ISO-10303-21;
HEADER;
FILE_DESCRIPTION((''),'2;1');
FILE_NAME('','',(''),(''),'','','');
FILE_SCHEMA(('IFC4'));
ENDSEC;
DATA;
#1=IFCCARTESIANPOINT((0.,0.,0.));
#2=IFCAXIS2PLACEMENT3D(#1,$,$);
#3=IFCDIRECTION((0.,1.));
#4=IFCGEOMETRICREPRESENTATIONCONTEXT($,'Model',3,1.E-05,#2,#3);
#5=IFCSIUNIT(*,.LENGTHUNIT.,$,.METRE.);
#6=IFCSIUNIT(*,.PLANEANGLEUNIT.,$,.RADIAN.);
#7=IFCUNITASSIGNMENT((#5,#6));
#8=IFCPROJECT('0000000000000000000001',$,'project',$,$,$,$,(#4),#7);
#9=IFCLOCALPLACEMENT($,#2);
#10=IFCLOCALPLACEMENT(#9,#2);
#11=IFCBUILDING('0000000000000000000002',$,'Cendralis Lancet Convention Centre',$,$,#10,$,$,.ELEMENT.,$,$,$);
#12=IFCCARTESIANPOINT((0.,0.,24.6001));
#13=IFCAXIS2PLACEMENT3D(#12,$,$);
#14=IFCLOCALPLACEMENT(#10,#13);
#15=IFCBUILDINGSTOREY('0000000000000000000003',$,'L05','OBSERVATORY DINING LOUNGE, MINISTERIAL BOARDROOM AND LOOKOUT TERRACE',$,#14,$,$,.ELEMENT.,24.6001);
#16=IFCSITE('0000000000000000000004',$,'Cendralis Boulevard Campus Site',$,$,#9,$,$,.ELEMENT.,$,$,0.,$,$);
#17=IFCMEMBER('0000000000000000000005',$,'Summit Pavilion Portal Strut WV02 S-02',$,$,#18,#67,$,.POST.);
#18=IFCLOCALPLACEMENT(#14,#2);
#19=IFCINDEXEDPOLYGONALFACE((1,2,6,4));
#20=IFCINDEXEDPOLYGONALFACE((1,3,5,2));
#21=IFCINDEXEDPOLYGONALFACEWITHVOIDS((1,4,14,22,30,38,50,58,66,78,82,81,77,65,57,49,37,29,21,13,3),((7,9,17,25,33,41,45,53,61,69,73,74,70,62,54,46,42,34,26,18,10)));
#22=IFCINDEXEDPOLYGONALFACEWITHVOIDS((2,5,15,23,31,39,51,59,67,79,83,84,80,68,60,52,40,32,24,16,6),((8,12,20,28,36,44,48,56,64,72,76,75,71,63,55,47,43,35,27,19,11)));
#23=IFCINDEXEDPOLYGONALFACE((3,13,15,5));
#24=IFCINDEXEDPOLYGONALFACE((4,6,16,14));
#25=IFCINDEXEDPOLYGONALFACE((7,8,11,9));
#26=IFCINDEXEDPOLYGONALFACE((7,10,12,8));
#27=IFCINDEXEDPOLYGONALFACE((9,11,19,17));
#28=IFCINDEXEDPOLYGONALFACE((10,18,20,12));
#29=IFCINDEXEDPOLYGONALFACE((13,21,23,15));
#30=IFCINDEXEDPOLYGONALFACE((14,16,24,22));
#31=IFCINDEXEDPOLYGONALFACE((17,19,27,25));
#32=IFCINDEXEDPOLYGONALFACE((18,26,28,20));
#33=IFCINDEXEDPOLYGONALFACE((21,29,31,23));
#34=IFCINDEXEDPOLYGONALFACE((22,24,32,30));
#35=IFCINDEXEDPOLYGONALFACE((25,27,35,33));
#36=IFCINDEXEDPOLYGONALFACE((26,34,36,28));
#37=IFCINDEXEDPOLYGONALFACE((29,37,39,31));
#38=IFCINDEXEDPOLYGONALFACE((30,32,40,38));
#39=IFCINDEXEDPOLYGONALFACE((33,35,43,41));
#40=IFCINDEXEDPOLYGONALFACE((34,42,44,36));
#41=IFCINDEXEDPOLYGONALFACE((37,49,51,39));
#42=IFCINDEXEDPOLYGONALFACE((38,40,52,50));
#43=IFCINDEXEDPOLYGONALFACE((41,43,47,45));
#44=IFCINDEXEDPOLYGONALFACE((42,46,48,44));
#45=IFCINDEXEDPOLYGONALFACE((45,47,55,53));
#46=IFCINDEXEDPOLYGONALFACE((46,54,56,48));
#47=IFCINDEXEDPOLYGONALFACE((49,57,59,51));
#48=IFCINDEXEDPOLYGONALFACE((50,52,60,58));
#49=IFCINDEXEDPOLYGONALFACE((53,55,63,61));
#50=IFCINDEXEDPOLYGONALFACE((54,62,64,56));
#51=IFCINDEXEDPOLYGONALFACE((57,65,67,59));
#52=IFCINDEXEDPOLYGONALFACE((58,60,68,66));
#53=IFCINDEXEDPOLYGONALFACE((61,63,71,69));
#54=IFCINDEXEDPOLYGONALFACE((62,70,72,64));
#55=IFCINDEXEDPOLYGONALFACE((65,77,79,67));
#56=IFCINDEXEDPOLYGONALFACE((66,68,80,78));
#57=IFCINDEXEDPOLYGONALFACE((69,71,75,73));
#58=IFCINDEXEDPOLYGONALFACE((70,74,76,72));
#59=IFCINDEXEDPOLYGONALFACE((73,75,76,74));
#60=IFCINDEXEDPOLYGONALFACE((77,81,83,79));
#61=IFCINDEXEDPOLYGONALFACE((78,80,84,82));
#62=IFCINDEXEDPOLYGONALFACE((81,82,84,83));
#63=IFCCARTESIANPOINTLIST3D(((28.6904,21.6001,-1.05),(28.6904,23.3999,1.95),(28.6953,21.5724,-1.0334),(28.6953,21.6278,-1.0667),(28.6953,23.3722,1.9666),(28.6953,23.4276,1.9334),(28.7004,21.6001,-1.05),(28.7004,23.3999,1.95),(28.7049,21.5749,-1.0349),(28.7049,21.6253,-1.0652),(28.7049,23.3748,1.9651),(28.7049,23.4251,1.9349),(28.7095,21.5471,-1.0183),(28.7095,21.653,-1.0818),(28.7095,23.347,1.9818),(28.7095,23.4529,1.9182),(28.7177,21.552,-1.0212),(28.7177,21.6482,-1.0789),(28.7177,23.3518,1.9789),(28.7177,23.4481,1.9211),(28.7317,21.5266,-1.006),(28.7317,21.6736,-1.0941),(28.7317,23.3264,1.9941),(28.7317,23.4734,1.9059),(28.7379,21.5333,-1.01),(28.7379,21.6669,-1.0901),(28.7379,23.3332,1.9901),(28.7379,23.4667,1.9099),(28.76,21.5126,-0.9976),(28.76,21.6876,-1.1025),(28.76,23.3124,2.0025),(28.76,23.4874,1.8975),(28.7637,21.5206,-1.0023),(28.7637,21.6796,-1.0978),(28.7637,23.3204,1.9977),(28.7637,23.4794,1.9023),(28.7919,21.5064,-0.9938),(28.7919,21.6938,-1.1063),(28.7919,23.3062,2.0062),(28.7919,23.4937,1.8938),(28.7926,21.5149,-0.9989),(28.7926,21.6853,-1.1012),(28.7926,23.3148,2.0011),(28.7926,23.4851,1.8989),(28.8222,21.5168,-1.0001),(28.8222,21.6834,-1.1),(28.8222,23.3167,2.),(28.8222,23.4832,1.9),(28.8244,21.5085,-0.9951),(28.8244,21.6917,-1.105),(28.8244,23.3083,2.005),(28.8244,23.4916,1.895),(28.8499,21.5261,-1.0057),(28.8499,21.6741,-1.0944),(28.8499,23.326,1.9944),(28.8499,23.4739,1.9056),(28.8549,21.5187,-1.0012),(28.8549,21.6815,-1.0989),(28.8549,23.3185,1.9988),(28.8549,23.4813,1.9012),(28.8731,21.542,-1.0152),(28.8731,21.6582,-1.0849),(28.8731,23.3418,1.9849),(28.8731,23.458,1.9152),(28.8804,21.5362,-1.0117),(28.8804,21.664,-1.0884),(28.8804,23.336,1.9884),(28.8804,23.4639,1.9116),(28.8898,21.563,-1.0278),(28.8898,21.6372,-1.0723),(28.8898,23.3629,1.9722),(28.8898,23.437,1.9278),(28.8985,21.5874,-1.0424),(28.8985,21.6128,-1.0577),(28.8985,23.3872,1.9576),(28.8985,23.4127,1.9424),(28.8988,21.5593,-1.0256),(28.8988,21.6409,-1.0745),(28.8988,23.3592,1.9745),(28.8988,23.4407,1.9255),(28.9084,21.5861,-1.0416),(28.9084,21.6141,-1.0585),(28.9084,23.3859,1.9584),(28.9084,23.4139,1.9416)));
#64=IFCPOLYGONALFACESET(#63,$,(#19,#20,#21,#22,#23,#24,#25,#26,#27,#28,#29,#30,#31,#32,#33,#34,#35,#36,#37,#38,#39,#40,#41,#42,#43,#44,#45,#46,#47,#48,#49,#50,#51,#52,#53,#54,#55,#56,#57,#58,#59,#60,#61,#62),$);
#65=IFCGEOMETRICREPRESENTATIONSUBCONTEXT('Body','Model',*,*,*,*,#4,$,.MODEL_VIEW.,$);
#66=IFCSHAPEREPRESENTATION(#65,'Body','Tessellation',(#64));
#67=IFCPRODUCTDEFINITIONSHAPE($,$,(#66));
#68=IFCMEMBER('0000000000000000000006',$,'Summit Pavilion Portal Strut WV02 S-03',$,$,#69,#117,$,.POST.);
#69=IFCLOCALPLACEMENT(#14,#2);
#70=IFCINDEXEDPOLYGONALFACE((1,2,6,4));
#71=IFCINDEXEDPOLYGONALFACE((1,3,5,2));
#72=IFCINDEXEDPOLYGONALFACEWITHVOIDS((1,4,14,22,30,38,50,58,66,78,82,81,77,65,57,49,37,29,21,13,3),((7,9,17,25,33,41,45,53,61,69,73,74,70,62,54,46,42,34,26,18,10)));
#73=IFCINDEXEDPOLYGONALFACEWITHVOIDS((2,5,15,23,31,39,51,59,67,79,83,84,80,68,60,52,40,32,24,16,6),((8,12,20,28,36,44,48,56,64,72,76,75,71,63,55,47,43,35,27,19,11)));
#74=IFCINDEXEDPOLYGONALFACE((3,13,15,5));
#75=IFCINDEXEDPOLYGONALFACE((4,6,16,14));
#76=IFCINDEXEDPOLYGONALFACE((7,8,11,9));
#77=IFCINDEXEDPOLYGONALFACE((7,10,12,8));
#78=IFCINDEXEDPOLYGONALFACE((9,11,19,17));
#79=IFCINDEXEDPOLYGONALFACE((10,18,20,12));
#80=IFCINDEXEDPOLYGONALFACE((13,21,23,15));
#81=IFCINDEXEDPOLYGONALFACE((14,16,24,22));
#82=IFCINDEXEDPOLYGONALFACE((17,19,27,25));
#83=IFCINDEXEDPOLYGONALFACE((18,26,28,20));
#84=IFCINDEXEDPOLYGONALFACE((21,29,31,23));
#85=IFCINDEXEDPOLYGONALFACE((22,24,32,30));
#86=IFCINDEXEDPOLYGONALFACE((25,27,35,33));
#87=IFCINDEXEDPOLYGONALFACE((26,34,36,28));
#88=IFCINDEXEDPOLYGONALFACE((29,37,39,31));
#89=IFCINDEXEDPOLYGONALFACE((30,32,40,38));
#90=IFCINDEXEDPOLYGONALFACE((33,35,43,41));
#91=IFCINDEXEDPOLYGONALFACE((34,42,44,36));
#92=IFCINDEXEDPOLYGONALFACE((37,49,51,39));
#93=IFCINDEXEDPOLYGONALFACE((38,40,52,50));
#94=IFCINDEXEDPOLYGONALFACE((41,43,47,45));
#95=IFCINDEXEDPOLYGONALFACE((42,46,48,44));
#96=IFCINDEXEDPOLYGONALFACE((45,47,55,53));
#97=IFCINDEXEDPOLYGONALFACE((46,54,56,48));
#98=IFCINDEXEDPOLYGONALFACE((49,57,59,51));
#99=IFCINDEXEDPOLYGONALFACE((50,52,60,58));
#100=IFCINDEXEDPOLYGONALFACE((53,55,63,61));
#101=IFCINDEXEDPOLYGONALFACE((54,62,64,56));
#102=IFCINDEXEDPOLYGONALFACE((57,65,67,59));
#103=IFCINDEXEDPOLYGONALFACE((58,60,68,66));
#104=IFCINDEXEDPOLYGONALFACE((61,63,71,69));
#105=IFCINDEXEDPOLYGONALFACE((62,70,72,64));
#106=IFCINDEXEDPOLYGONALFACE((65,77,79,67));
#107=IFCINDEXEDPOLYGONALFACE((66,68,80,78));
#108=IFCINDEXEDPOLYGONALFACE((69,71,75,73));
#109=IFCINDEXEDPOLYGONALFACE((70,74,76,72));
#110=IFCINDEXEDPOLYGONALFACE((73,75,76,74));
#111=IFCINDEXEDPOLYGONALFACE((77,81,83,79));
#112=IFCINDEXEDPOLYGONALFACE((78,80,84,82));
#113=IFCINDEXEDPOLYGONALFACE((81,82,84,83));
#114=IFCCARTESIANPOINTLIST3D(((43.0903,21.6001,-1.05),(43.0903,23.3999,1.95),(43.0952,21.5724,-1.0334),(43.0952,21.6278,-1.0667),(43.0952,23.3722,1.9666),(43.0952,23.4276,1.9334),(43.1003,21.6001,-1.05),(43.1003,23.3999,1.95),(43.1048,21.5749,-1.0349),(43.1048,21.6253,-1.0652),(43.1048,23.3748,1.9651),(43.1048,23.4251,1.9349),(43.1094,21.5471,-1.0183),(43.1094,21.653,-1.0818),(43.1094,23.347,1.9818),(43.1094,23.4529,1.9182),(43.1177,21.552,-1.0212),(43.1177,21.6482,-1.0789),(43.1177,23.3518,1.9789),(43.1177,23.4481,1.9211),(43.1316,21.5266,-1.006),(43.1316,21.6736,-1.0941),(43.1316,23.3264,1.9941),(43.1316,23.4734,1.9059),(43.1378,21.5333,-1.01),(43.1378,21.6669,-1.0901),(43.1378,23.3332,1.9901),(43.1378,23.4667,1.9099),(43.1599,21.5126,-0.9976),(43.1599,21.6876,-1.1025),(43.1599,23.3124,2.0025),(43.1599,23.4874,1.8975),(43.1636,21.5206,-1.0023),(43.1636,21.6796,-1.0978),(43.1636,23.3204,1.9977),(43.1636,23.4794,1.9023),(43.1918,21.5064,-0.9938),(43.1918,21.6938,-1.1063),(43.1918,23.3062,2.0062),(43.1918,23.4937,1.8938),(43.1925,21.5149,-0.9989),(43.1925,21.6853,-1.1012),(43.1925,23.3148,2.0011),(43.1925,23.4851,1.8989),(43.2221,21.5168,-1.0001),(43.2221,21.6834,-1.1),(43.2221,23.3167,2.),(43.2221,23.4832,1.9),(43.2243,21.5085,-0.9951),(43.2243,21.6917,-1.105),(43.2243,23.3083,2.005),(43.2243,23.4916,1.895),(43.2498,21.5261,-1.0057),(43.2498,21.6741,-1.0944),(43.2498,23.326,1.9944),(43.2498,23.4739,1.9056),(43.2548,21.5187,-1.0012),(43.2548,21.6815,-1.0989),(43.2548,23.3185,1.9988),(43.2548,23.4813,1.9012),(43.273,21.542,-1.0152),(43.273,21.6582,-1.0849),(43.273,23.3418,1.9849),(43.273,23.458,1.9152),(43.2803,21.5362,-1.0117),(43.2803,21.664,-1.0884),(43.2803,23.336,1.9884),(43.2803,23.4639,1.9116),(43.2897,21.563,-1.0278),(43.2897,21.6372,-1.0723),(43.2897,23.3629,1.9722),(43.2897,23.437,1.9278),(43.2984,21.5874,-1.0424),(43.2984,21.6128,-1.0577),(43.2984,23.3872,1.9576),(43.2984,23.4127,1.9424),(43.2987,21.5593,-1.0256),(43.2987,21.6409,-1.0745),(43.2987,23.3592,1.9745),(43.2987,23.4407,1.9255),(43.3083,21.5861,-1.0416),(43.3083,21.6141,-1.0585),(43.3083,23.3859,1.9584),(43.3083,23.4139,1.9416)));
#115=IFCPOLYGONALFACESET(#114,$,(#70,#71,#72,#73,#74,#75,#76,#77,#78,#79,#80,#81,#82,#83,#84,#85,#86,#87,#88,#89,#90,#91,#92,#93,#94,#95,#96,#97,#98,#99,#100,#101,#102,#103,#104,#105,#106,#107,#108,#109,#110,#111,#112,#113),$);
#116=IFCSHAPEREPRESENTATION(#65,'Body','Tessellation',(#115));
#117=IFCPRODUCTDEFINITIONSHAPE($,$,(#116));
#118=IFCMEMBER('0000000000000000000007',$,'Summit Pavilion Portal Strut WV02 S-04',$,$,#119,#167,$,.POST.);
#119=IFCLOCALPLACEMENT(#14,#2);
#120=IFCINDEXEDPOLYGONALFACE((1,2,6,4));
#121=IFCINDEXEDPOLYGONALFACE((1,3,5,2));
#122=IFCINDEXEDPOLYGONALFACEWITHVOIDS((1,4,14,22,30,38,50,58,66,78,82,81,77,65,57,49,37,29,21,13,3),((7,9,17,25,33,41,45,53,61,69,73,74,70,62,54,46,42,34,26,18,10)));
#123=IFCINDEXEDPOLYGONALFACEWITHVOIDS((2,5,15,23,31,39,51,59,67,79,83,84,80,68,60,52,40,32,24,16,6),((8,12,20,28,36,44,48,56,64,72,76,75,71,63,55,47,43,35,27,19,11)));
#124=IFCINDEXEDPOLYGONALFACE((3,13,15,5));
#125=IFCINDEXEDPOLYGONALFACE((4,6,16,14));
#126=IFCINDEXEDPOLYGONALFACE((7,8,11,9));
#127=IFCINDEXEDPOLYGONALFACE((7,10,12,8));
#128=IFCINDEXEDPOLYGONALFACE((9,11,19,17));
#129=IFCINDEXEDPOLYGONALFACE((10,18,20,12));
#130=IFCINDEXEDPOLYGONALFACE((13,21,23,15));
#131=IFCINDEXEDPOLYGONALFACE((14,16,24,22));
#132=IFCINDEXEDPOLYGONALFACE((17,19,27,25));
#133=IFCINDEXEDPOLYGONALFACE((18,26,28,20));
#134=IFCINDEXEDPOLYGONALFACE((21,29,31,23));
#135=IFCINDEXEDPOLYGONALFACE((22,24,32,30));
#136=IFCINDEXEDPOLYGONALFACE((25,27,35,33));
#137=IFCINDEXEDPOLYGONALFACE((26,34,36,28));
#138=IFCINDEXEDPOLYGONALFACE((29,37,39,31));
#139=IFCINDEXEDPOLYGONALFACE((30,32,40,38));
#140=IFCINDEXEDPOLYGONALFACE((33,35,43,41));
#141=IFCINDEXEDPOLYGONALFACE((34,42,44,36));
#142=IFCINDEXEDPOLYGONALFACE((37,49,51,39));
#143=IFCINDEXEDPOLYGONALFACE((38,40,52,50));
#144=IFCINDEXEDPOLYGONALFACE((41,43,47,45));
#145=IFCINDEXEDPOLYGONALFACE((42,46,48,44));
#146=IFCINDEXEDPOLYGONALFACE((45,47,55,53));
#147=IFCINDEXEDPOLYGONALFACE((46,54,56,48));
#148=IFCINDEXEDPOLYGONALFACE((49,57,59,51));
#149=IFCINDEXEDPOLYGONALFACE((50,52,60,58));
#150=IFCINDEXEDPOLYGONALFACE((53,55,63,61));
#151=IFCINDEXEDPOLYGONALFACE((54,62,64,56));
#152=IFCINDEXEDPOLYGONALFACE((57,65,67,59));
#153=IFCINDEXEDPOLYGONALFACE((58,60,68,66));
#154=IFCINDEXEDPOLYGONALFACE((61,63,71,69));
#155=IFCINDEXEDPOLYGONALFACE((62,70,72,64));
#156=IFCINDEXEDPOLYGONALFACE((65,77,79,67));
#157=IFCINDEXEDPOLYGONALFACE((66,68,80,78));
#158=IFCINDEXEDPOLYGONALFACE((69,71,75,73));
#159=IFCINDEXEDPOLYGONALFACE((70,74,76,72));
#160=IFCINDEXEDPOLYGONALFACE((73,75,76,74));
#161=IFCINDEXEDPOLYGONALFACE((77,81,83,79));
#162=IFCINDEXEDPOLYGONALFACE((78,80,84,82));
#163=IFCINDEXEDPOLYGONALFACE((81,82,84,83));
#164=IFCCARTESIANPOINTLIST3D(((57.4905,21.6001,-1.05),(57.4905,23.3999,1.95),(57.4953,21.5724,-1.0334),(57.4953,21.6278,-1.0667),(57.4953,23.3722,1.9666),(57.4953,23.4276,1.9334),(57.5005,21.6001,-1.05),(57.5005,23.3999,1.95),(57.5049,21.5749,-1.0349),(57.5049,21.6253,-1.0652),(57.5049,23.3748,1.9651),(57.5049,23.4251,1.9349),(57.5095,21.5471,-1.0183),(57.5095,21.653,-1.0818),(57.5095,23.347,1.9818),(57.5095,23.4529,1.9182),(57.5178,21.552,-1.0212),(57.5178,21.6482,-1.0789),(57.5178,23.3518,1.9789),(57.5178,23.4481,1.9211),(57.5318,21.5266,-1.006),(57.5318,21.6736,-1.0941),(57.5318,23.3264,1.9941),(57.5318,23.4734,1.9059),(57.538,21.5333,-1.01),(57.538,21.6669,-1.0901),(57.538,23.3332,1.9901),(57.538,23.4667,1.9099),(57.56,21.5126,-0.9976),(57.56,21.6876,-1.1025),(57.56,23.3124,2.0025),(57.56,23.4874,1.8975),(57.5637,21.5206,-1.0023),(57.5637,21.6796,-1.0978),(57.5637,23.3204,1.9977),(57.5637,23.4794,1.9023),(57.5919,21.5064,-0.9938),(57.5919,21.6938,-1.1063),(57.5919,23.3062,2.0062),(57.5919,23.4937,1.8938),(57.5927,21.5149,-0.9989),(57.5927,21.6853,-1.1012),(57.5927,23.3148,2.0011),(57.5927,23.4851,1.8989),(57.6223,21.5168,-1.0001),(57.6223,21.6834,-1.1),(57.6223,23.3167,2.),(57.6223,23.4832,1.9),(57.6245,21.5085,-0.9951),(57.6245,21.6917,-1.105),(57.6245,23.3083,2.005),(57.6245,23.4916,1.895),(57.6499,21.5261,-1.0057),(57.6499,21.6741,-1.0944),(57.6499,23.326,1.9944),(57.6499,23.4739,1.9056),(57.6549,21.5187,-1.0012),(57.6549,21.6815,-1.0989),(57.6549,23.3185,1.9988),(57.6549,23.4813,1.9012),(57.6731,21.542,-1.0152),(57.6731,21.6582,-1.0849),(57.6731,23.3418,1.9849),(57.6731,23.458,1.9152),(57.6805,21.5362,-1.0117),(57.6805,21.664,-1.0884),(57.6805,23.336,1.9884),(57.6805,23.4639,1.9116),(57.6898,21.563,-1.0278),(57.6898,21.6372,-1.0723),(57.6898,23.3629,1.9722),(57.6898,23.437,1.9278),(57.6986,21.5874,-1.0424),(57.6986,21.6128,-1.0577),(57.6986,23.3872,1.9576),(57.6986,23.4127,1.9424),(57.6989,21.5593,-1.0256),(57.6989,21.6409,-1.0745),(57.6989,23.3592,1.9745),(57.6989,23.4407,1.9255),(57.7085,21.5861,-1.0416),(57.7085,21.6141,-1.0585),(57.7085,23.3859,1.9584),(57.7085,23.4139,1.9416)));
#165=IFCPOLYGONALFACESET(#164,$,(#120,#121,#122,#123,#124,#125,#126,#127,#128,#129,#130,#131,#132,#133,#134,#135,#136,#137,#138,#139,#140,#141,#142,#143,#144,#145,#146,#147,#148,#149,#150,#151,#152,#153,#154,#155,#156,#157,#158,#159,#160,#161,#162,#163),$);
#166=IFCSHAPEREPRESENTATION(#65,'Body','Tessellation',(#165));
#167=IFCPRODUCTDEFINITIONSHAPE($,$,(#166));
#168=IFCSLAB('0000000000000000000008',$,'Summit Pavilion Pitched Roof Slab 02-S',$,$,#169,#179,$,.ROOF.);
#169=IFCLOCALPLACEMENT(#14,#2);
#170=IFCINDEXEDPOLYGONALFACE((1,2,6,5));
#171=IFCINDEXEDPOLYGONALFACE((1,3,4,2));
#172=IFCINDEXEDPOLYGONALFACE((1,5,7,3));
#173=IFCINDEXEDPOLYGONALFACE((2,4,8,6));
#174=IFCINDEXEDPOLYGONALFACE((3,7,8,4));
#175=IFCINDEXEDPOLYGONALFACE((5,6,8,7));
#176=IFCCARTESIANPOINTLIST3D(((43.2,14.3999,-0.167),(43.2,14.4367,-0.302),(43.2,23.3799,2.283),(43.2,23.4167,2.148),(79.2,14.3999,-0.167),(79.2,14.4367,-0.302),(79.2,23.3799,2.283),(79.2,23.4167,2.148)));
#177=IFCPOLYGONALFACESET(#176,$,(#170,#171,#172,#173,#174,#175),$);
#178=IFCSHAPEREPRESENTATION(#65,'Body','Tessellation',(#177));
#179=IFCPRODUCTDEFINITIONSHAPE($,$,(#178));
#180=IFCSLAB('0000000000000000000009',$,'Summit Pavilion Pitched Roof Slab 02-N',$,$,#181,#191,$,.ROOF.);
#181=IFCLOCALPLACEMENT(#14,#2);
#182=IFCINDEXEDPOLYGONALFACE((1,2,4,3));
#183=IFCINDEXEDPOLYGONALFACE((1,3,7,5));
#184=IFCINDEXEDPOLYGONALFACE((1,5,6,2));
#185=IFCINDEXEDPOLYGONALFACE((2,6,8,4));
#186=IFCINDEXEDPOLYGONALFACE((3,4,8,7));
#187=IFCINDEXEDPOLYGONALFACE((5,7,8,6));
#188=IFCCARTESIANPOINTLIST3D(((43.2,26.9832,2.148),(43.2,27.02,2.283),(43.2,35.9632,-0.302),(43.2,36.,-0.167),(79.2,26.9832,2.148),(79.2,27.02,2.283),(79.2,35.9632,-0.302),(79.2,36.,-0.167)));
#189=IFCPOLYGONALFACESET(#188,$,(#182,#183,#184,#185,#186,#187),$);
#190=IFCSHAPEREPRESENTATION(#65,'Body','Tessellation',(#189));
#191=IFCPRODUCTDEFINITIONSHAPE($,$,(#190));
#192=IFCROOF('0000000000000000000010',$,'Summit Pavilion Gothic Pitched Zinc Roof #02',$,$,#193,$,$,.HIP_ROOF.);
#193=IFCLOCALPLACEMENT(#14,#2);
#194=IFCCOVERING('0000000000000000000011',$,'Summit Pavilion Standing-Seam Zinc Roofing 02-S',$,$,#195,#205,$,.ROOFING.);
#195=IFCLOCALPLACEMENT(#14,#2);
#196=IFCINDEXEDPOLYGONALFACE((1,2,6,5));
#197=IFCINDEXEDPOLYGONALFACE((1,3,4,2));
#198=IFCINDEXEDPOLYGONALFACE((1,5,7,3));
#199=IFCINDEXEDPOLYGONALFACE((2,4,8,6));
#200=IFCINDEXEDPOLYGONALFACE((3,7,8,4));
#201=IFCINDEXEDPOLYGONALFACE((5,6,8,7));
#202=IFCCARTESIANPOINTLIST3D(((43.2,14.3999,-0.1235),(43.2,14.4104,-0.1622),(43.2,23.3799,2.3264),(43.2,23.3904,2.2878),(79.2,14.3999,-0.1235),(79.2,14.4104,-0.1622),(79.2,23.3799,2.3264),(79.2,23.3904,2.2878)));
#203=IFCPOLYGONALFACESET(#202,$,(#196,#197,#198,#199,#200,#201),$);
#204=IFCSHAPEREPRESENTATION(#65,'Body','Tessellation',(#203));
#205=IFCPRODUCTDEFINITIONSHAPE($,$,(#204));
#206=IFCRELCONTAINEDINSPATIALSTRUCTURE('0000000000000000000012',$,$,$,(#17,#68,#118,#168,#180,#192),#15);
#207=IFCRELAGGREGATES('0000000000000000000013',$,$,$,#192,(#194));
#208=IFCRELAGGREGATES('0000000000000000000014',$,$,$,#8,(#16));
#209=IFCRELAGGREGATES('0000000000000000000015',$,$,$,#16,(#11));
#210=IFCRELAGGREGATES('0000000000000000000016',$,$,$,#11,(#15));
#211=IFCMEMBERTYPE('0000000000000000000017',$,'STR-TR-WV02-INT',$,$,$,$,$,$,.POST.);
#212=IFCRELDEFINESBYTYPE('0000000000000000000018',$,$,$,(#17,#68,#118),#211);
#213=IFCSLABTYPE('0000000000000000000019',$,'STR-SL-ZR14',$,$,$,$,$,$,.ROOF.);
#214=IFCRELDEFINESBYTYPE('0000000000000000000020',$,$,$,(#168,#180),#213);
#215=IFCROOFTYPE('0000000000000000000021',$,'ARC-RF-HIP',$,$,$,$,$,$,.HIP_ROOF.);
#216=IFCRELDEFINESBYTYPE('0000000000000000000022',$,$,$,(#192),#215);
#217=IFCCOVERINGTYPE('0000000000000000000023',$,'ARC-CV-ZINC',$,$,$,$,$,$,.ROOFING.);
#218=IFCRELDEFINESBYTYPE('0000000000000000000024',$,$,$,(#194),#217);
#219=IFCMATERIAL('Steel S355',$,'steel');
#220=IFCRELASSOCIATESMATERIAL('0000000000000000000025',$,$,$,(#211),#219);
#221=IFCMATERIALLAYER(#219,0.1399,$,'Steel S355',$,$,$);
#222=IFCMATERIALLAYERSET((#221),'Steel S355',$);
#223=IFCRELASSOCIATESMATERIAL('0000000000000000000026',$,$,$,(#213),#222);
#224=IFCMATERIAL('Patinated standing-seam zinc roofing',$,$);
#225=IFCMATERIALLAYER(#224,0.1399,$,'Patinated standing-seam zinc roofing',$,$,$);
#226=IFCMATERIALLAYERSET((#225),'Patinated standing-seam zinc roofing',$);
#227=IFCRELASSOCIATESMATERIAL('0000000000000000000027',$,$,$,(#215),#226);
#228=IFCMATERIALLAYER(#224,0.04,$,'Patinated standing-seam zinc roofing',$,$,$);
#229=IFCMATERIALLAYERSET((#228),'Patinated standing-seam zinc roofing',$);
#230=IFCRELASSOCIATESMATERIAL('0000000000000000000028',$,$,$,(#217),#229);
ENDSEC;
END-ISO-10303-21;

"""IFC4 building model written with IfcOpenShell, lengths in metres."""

from ifc_helpers import new_model, si_unit, direction, frame, origin, origin_2d, place, context, subcontext, project, spatial, polyline, hollow_circle, outline, extrude, material, layer, layer_set, material_profile, profile_set, type_object, element, aggregate, save


model = new_model("IFC4")

# Units and contexts
model_context = context("Model", 3, precision=1e-05, world=origin(), true_north=direction((0.0, 1.0)))
body_context = subcontext(model_context, "Body", "Model", "MODEL_VIEW")
ifc_project = project(units=[si_unit("LENGTHUNIT", "METRE"), si_unit("PLANEANGLEUNIT", "RADIAN")], contexts=[model_context])

# Site, building, storey
site_placement = place(None, origin())
site = spatial("IfcSite", under=ifc_project, at=site_placement, Name="Cendralis Boulevard Campus Site", CompositionType="ELEMENT", RefElevation=0.0)
building_placement = place(site_placement, origin())
building = spatial("IfcBuilding", under=site, at=building_placement, Name="Cendralis Lancet Convention Centre", CompositionType="ELEMENT")
storey_placement = place(building_placement, frame((0.0, 0.0, 24.6001)))
storey = spatial("IfcBuildingStorey", under=building, at=storey_placement, Name="L05", Description="OBSERVATORY DINING LOUNGE, MINISTERIAL BOARDROOM AND LOOKOUT TERRACE", CompositionType="ELEMENT", Elevation=24.6001)

# Shared definitions
ifc_material_1 = material(Name="Steel S355", Category="steel")

# Members
ifc_material_profile_1 = material_profile(ifc_material_1, hollow_circle(Radius=0.1096, WallThickness=0.01, at=origin_2d()), Name="CHS 219.1x10.0")
ifc_profile_set_1 = profile_set([ifc_material_profile_1], Name="Steel S355")
member_type_1 = type_object("IfcMemberType", Name="STR-TR-WV02-INT", PredefinedType="POST", material=ifc_profile_set_1)
for number, where, z_axis, x_axis, name in (
    (1, (28.8, 21.6001, -1.05), (0.0, 0.514455, 0.857518), (-1.0, 0.0, 0.0), "Summit Pavilion Portal Strut WV02 S-02"),
    (2, (43.2, 21.6001, -1.05), (0.0, 0.514455, 0.857518), (-1.0, 0.0, 0.0), "Summit Pavilion Portal Strut WV02 S-03"),
    (3, (57.6001, 21.6001, -1.05), (0.0, 0.514455, 0.857518), (-1.0, 0.0, 0.0), "Summit Pavilion Portal Strut WV02 S-04"),
):
    element("IfcMember", number, at=place(storey_placement, frame(where, z_axis=z_axis, x_axis=x_axis)), inside=storey, type_object=member_type_1, Name=name, PredefinedType="POST", context=body_context, shape_type="SweptSolid", body=[
        extrude(hollow_circle(Radius=0.1096, WallThickness=0.01, at=origin_2d()), origin(), (0.0, 0.0, 1.0), 3.4985),
    ])

# Slabs
ifc_layer_1 = layer(ifc_material_1, 0.1399, Name="Steel S355")
ifc_layer_set_1 = layer_set([ifc_layer_1], Name="Steel S355")
slab_type = type_object("IfcSlabType", Name="STR-SL-ZR14", PredefinedType="ROOF", material=ifc_layer_set_1)
for number, where, z_axis, x_axis, name in (
    (4, (43.2, 14.3999, -0.167), (0.0, -0.263204, 0.96474), (1.0, 0.0, 0.0), "Summit Pavilion Pitched Roof Slab 02-S"),
    (5, (43.2, 27.02, 2.283), (0.0, 0.263204, 0.96474), (1.0, 0.0, 0.0), "Summit Pavilion Pitched Roof Slab 02-N"),
):
    element("IfcSlab", number, at=place(storey_placement, frame(where, z_axis=z_axis, x_axis=x_axis)), inside=storey, type_object=slab_type, Name=name, PredefinedType="ROOF", context=body_context, shape_type="SweptSolid", body=[
        extrude(outline(polyline([(0.0, 0.0), (36.0, 0.0), (36.0, 9.3082), (0.0, 9.3082), (0.0, 0.0)])), origin(), (0.0, 0.0, -1.0), 0.1399),
    ])

# Roof, covering
ifc_material_2 = material(Name="Patinated standing-seam zinc roofing")
ifc_layer_2 = layer(ifc_material_2, 0.1399, Name="Patinated standing-seam zinc roofing")
ifc_layer_set_2 = layer_set([ifc_layer_2], Name="Patinated standing-seam zinc roofing")
roof_type = type_object("IfcRoofType", Name="ARC-RF-HIP", PredefinedType="HIP_ROOF", material=ifc_layer_set_2)
roof_placement = place(storey_placement, origin())
roof = element("IfcRoof", 6, at=roof_placement, inside=storey, type_object=roof_type, Name="Summit Pavilion Gothic Pitched Zinc Roof #02", PredefinedType="HIP_ROOF")
ifc_layer_3 = layer(ifc_material_2, 0.04, Name="Patinated standing-seam zinc roofing")
ifc_layer_set_3 = layer_set([ifc_layer_3], Name="Patinated standing-seam zinc roofing")
covering_type = type_object("IfcCoveringType", Name="ARC-CV-ZINC", PredefinedType="ROOFING", material=ifc_layer_set_3)
covering_1_placement = place(storey_placement, frame((43.2, 14.3999, -0.1235), z_axis=(0.0, -0.263204, 0.96474), x_axis=(1.0, 0.0, 0.0)))
covering_1 = element("IfcCovering", 7, at=covering_1_placement, type_object=covering_type, Name="Summit Pavilion Standing-Seam Zinc Roofing 02-S", PredefinedType="ROOFING", context=body_context, shape_type="SweptSolid", body=[
    extrude(outline(polyline([(0.0, 0.0), (36.0, 0.0), (36.0, 9.3082), (0.0, 9.3082), (0.0, 0.0)])), origin(), (0.0, 0.0, -1.0), 0.04),
])
aggregate(roof, [covering_1])

save(model, "model.ifc")
